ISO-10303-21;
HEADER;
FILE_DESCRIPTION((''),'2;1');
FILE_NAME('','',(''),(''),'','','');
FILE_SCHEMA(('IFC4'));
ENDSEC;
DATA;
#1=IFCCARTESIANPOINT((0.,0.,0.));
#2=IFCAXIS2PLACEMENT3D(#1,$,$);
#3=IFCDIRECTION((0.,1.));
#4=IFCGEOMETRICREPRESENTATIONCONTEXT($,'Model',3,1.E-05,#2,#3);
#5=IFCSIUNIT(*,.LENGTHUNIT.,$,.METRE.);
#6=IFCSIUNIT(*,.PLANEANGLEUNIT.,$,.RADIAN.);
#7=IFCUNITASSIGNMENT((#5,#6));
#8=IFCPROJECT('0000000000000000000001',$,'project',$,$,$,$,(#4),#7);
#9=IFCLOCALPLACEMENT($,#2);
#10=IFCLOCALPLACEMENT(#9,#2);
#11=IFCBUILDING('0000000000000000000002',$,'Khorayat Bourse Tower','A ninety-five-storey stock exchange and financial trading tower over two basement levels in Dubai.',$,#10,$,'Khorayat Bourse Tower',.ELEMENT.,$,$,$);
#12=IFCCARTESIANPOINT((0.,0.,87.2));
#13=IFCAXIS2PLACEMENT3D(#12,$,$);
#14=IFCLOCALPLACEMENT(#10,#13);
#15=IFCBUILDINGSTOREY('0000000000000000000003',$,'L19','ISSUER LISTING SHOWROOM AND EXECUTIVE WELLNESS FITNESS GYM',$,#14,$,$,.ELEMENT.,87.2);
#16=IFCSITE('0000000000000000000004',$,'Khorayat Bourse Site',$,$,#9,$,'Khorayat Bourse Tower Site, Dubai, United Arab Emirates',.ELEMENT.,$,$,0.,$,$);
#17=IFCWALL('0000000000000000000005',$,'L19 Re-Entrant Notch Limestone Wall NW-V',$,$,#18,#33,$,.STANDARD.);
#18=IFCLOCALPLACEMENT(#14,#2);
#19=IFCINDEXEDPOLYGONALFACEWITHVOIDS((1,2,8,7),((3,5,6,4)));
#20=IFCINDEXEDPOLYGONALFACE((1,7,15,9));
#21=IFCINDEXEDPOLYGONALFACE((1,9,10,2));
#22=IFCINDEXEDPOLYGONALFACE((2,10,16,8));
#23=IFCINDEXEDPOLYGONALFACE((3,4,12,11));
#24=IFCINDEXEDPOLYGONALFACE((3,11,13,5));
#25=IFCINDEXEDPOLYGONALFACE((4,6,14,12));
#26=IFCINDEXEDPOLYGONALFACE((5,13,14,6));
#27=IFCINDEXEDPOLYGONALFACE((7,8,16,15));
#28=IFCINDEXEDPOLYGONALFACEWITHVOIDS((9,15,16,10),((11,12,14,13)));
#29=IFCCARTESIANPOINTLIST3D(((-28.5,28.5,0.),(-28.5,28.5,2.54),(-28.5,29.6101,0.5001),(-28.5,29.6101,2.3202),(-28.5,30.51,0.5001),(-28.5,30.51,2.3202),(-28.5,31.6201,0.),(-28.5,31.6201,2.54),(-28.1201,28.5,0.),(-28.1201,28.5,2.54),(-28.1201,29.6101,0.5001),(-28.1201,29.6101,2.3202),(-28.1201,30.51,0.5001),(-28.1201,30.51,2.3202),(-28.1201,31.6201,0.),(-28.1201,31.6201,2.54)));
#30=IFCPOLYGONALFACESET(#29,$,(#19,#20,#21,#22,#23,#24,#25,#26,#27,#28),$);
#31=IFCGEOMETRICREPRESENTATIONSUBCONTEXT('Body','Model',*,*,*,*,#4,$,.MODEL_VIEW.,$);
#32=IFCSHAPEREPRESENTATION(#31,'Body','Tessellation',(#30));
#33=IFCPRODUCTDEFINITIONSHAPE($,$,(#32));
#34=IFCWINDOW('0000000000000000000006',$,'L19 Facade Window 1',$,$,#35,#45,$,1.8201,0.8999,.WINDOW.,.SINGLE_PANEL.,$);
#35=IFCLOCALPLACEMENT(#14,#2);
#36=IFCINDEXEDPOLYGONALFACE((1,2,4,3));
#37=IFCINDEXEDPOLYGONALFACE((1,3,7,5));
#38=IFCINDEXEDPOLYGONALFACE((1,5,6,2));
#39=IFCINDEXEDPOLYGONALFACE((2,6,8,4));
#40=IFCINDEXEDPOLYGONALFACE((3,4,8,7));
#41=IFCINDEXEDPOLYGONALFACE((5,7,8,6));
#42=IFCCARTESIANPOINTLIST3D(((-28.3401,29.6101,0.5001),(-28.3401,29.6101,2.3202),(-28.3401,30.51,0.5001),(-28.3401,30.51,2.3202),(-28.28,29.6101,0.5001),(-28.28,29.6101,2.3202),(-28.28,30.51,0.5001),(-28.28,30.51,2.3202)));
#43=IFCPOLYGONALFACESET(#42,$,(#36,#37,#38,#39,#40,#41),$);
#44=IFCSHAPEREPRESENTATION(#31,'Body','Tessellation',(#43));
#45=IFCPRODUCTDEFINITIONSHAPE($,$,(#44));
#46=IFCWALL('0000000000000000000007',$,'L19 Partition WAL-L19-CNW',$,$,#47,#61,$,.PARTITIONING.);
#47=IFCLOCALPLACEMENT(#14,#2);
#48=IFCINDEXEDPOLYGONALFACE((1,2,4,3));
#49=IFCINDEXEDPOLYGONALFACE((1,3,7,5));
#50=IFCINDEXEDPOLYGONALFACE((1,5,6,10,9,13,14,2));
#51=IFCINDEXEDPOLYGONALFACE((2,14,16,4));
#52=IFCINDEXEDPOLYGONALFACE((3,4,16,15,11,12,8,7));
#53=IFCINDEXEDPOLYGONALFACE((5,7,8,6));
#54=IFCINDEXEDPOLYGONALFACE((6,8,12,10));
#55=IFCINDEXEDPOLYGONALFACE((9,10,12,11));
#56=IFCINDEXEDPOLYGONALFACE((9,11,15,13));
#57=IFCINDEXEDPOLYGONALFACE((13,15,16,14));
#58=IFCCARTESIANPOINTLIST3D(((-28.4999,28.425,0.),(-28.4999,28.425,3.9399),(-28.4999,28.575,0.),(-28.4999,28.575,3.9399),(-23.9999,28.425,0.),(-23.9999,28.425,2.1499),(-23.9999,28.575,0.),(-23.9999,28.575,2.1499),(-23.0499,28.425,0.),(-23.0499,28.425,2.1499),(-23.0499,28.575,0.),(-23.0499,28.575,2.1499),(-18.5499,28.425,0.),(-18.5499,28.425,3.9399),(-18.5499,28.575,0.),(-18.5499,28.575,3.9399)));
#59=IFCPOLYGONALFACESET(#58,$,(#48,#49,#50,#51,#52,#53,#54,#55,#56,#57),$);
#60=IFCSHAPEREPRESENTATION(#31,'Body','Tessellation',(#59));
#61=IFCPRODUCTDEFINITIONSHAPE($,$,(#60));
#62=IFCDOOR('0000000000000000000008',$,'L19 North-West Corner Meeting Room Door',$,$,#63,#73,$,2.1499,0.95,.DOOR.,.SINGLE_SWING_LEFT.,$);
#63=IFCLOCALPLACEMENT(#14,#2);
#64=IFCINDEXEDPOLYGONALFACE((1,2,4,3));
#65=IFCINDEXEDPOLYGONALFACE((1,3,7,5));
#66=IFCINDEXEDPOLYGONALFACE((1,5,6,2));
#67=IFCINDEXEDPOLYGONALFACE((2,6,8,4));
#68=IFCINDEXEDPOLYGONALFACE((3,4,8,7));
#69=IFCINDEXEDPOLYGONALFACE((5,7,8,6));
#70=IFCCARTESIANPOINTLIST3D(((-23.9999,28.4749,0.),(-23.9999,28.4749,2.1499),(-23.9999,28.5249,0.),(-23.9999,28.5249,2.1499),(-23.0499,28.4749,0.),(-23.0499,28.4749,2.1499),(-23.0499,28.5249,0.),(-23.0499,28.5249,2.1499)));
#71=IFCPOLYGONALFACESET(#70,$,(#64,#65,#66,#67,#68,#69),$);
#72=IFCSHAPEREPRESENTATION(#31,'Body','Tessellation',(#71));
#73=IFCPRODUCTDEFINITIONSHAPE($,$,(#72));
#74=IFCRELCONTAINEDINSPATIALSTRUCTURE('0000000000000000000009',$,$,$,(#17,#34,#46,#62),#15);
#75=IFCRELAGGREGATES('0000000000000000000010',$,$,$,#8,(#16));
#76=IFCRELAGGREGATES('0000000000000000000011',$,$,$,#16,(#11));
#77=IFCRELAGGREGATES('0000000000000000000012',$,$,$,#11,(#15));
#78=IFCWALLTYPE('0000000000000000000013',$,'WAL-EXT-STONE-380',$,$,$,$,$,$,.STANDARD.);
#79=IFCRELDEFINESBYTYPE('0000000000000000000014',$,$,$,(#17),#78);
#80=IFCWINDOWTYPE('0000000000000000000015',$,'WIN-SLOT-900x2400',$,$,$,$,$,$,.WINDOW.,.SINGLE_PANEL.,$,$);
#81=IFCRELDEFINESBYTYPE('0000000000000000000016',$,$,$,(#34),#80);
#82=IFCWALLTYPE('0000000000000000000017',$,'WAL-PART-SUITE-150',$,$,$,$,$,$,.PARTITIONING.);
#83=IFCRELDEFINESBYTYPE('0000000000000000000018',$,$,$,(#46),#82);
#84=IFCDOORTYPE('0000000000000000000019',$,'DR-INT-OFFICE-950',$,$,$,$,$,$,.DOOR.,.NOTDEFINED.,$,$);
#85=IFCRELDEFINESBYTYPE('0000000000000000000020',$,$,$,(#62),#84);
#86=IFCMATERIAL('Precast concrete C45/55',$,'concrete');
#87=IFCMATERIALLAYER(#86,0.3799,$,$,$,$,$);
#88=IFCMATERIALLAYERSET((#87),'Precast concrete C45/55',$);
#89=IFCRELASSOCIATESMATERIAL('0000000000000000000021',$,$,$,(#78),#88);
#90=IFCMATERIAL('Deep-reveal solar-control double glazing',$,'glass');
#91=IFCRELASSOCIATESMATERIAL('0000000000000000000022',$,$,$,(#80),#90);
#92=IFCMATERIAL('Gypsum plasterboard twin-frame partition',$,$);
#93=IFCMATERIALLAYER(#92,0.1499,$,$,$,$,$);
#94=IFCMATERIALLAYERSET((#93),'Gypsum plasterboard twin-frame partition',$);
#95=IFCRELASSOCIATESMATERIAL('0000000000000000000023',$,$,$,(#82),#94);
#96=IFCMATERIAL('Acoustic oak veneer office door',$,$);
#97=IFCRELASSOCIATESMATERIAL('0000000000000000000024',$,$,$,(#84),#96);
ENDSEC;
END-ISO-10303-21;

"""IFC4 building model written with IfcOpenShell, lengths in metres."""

from ifc_helpers import new_model, si_unit, direction, frame, frame_2d, origin, place, context, subcontext, project, spatial, rectangle, extrude, source, transform, mapped, material, layer, layer_set, type_object, element, fill, save


model = new_model("IFC4")

# Units and contexts
model_context = context("Model", 3, precision=1e-05, world=origin(), true_north=direction((0.0, 1.0)))
body_context = subcontext(model_context, "Body", "Model", "MODEL_VIEW")
ifc_project = project(units=[si_unit("LENGTHUNIT", "METRE"), si_unit("PLANEANGLEUNIT", "RADIAN")], contexts=[model_context])

# Site, building, storey
site_placement = place(None, origin())
site = spatial("IfcSite", under=ifc_project, at=site_placement, Name="Khorayat Bourse Site", LongName="Khorayat Bourse Tower Site, Dubai, United Arab Emirates", CompositionType="ELEMENT", RefElevation=0.0)
building_placement = place(site_placement, origin())
building = spatial("IfcBuilding", under=site, at=building_placement, Name="Khorayat Bourse Tower", Description="A ninety-five-storey stock exchange and financial trading tower over two basement levels in Dubai.", LongName="Khorayat Bourse Tower", CompositionType="ELEMENT")
storey_placement = place(building_placement, frame((0.0, 0.0, 87.2)))
storey = spatial("IfcBuildingStorey", under=building, at=storey_placement, Name="L19", Description="ISSUER LISTING SHOWROOM AND EXECUTIVE WELLNESS FITNESS GYM", CompositionType="ELEMENT", Elevation=87.2)

# Wall, opening, window
ifc_material_1 = material(Name="Precast concrete C45/55", Category="concrete")
ifc_layer_1 = layer(ifc_material_1, 0.3799)
ifc_layer_set_1 = layer_set([ifc_layer_1], Name="Precast concrete C45/55")
wall_type_1 = type_object("IfcWallType", Name="WAL-EXT-STONE-380", PredefinedType="STANDARD", material=ifc_layer_set_1)
ifc_material_2 = material(Name="Deep-reveal solar-control double glazing", Category="glass")
window_type = type_object("IfcWindowType", Name="WIN-SLOT-900x2400", PartitioningType="SINGLE_PANEL", PredefinedType="WINDOW", material=ifc_material_2)
shared_shape_1 = source(origin(), body_context, "Body", "SweptSolid", [
    extrude(rectangle(XDim=3.1201, YDim=0.3799, at=frame_2d((1.5601, 0.0))), origin(), (0.0, 0.0, 1.0), 2.54),
])
wall_1_placement = place(storey_placement, frame((-28.3101, 28.5, 0.0), z_axis=(0.0, 0.0, 1.0), x_axis=(0.0, 1.0, 0.0)))
wall_1 = element("IfcWall", 1, at=wall_1_placement, inside=storey, type_object=wall_type_1, Name="L19 Re-Entrant Notch Limestone Wall NW-V", PredefinedType="STANDARD", context=body_context, shape_type="MappedRepresentation", body=[
    mapped(shared_shape_1, transform((0.0, 0.0, 0.0), scale=1.0)),
])
shared_shape_2 = source(origin(), body_context, "Body", "SweptSolid", [
    extrude(rectangle(XDim=0.8999, YDim=1.8201, at=frame_2d((0.45, 0.9102))), frame((0.0, 0.2, 0.0), z_axis=(0.0, -1.0, 0.0), x_axis=(1.0, 0.0, 0.0)), (0.0, 0.0, 1.0), 0.3999),
])
opening_1_placement = place(wall_1_placement, frame((1.1101, 0.0, 0.5)))
opening_1 = element("IfcOpeningElement", 2, at=opening_1_placement, cuts=wall_1, PredefinedType="OPENING", context=body_context, shape_type="MappedRepresentation", body=[
    mapped(shared_shape_2, transform((0.0, 0.0, 0.0), scale=1.0)),
])
shared_shape_3 = source(origin(), body_context, "Body", "SweptSolid", [
    extrude(rectangle(XDim=0.8999, YDim=1.8201, at=frame_2d((0.45, 0.9102))), frame((0.0, 0.03, 0.0), z_axis=(0.0, -1.0, 0.0), x_axis=(1.0, 0.0, 0.0)), (0.0, 0.0, 1.0), 0.0601),
])
window_1_placement = place(opening_1_placement, origin())
window_1 = element("IfcWindow", 3, at=window_1_placement, inside=storey, type_object=window_type, Name="L19 Facade Window 1", OverallHeight=1.8201, OverallWidth=0.8999, PartitioningType="SINGLE_PANEL", PredefinedType="WINDOW", context=body_context, shape_type="MappedRepresentation", body=[
    mapped(shared_shape_3, transform((0.0, 0.0, 0.0), scale=1.0)),
])
fill(opening_1, window_1)

# Wall, opening, door
ifc_material_3 = material(Name="Gypsum plasterboard twin-frame partition")
ifc_layer_2 = layer(ifc_material_3, 0.1499)
ifc_layer_set_2 = layer_set([ifc_layer_2], Name="Gypsum plasterboard twin-frame partition")
wall_type_2 = type_object("IfcWallType", Name="WAL-PART-SUITE-150", PredefinedType="PARTITIONING", material=ifc_layer_set_2)
shared_shape_4 = source(origin(), body_context, "Body", "SweptSolid", [
    extrude(rectangle(XDim=9.95, YDim=0.1499, at=frame_2d((4.9751, 0.0))), origin(), (0.0, 0.0, 1.0), 3.9399),
])
wall_2_placement = place(storey_placement, frame((-28.5, 28.5, 0.0), z_axis=(0.0, 0.0, 1.0), x_axis=(1.0, 0.0, 0.0)))
wall_2 = element("IfcWall", 4, at=wall_2_placement, inside=storey, type_object=wall_type_2, Name="L19 Partition WAL-L19-CNW", PredefinedType="PARTITIONING", context=body_context, shape_type="MappedRepresentation", body=[
    mapped(shared_shape_4, transform((0.0, 0.0, 0.0), scale=1.0)),
])
shared_shape_5 = source(origin(), body_context, "Body", "SweptSolid", [
    extrude(rectangle(XDim=0.95, YDim=2.1499, at=frame_2d((0.4751, 1.075))), frame((0.0, 0.085, 0.0), z_axis=(0.0, -1.0, 0.0), x_axis=(1.0, 0.0, 0.0)), (0.0, 0.0, 1.0), 0.1699),
])
opening_2_placement = place(wall_2_placement, frame((4.5, 0.0, 0.0)))
opening_2 = element("IfcOpeningElement", 5, at=opening_2_placement, cuts=wall_2, PredefinedType="OPENING", context=body_context, shape_type="MappedRepresentation", body=[
    mapped(shared_shape_5, transform((0.0, 0.0, 0.0), scale=1.0)),
])
ifc_material_4 = material(Name="Acoustic oak veneer office door")
door_type = type_object("IfcDoorType", Name="DR-INT-OFFICE-950", OperationType="NOTDEFINED", PredefinedType="DOOR", material=ifc_material_4)
shared_shape_6 = source(origin(), body_context, "Body", "SweptSolid", [
    extrude(rectangle(XDim=0.95, YDim=2.1499, at=frame_2d((0.4751, 1.075))), frame((0.0, 0.0249, 0.0), z_axis=(0.0, -1.0, 0.0), x_axis=(1.0, 0.0, 0.0)), (0.0, 0.0, 1.0), 0.05),
])
door_placement = place(opening_2_placement, origin())
door = element("IfcDoor", 6, at=door_placement, inside=storey, type_object=door_type, Name="L19 North-West Corner Meeting Room Door", OperationType="SINGLE_SWING_LEFT", OverallHeight=2.1499, OverallWidth=0.95, PredefinedType="DOOR", context=body_context, shape_type="MappedRepresentation", body=[
    mapped(shared_shape_6, transform((0.0, 0.0, 0.0), scale=1.0)),
])
fill(opening_2, door)

save(model, "model.ifc")
